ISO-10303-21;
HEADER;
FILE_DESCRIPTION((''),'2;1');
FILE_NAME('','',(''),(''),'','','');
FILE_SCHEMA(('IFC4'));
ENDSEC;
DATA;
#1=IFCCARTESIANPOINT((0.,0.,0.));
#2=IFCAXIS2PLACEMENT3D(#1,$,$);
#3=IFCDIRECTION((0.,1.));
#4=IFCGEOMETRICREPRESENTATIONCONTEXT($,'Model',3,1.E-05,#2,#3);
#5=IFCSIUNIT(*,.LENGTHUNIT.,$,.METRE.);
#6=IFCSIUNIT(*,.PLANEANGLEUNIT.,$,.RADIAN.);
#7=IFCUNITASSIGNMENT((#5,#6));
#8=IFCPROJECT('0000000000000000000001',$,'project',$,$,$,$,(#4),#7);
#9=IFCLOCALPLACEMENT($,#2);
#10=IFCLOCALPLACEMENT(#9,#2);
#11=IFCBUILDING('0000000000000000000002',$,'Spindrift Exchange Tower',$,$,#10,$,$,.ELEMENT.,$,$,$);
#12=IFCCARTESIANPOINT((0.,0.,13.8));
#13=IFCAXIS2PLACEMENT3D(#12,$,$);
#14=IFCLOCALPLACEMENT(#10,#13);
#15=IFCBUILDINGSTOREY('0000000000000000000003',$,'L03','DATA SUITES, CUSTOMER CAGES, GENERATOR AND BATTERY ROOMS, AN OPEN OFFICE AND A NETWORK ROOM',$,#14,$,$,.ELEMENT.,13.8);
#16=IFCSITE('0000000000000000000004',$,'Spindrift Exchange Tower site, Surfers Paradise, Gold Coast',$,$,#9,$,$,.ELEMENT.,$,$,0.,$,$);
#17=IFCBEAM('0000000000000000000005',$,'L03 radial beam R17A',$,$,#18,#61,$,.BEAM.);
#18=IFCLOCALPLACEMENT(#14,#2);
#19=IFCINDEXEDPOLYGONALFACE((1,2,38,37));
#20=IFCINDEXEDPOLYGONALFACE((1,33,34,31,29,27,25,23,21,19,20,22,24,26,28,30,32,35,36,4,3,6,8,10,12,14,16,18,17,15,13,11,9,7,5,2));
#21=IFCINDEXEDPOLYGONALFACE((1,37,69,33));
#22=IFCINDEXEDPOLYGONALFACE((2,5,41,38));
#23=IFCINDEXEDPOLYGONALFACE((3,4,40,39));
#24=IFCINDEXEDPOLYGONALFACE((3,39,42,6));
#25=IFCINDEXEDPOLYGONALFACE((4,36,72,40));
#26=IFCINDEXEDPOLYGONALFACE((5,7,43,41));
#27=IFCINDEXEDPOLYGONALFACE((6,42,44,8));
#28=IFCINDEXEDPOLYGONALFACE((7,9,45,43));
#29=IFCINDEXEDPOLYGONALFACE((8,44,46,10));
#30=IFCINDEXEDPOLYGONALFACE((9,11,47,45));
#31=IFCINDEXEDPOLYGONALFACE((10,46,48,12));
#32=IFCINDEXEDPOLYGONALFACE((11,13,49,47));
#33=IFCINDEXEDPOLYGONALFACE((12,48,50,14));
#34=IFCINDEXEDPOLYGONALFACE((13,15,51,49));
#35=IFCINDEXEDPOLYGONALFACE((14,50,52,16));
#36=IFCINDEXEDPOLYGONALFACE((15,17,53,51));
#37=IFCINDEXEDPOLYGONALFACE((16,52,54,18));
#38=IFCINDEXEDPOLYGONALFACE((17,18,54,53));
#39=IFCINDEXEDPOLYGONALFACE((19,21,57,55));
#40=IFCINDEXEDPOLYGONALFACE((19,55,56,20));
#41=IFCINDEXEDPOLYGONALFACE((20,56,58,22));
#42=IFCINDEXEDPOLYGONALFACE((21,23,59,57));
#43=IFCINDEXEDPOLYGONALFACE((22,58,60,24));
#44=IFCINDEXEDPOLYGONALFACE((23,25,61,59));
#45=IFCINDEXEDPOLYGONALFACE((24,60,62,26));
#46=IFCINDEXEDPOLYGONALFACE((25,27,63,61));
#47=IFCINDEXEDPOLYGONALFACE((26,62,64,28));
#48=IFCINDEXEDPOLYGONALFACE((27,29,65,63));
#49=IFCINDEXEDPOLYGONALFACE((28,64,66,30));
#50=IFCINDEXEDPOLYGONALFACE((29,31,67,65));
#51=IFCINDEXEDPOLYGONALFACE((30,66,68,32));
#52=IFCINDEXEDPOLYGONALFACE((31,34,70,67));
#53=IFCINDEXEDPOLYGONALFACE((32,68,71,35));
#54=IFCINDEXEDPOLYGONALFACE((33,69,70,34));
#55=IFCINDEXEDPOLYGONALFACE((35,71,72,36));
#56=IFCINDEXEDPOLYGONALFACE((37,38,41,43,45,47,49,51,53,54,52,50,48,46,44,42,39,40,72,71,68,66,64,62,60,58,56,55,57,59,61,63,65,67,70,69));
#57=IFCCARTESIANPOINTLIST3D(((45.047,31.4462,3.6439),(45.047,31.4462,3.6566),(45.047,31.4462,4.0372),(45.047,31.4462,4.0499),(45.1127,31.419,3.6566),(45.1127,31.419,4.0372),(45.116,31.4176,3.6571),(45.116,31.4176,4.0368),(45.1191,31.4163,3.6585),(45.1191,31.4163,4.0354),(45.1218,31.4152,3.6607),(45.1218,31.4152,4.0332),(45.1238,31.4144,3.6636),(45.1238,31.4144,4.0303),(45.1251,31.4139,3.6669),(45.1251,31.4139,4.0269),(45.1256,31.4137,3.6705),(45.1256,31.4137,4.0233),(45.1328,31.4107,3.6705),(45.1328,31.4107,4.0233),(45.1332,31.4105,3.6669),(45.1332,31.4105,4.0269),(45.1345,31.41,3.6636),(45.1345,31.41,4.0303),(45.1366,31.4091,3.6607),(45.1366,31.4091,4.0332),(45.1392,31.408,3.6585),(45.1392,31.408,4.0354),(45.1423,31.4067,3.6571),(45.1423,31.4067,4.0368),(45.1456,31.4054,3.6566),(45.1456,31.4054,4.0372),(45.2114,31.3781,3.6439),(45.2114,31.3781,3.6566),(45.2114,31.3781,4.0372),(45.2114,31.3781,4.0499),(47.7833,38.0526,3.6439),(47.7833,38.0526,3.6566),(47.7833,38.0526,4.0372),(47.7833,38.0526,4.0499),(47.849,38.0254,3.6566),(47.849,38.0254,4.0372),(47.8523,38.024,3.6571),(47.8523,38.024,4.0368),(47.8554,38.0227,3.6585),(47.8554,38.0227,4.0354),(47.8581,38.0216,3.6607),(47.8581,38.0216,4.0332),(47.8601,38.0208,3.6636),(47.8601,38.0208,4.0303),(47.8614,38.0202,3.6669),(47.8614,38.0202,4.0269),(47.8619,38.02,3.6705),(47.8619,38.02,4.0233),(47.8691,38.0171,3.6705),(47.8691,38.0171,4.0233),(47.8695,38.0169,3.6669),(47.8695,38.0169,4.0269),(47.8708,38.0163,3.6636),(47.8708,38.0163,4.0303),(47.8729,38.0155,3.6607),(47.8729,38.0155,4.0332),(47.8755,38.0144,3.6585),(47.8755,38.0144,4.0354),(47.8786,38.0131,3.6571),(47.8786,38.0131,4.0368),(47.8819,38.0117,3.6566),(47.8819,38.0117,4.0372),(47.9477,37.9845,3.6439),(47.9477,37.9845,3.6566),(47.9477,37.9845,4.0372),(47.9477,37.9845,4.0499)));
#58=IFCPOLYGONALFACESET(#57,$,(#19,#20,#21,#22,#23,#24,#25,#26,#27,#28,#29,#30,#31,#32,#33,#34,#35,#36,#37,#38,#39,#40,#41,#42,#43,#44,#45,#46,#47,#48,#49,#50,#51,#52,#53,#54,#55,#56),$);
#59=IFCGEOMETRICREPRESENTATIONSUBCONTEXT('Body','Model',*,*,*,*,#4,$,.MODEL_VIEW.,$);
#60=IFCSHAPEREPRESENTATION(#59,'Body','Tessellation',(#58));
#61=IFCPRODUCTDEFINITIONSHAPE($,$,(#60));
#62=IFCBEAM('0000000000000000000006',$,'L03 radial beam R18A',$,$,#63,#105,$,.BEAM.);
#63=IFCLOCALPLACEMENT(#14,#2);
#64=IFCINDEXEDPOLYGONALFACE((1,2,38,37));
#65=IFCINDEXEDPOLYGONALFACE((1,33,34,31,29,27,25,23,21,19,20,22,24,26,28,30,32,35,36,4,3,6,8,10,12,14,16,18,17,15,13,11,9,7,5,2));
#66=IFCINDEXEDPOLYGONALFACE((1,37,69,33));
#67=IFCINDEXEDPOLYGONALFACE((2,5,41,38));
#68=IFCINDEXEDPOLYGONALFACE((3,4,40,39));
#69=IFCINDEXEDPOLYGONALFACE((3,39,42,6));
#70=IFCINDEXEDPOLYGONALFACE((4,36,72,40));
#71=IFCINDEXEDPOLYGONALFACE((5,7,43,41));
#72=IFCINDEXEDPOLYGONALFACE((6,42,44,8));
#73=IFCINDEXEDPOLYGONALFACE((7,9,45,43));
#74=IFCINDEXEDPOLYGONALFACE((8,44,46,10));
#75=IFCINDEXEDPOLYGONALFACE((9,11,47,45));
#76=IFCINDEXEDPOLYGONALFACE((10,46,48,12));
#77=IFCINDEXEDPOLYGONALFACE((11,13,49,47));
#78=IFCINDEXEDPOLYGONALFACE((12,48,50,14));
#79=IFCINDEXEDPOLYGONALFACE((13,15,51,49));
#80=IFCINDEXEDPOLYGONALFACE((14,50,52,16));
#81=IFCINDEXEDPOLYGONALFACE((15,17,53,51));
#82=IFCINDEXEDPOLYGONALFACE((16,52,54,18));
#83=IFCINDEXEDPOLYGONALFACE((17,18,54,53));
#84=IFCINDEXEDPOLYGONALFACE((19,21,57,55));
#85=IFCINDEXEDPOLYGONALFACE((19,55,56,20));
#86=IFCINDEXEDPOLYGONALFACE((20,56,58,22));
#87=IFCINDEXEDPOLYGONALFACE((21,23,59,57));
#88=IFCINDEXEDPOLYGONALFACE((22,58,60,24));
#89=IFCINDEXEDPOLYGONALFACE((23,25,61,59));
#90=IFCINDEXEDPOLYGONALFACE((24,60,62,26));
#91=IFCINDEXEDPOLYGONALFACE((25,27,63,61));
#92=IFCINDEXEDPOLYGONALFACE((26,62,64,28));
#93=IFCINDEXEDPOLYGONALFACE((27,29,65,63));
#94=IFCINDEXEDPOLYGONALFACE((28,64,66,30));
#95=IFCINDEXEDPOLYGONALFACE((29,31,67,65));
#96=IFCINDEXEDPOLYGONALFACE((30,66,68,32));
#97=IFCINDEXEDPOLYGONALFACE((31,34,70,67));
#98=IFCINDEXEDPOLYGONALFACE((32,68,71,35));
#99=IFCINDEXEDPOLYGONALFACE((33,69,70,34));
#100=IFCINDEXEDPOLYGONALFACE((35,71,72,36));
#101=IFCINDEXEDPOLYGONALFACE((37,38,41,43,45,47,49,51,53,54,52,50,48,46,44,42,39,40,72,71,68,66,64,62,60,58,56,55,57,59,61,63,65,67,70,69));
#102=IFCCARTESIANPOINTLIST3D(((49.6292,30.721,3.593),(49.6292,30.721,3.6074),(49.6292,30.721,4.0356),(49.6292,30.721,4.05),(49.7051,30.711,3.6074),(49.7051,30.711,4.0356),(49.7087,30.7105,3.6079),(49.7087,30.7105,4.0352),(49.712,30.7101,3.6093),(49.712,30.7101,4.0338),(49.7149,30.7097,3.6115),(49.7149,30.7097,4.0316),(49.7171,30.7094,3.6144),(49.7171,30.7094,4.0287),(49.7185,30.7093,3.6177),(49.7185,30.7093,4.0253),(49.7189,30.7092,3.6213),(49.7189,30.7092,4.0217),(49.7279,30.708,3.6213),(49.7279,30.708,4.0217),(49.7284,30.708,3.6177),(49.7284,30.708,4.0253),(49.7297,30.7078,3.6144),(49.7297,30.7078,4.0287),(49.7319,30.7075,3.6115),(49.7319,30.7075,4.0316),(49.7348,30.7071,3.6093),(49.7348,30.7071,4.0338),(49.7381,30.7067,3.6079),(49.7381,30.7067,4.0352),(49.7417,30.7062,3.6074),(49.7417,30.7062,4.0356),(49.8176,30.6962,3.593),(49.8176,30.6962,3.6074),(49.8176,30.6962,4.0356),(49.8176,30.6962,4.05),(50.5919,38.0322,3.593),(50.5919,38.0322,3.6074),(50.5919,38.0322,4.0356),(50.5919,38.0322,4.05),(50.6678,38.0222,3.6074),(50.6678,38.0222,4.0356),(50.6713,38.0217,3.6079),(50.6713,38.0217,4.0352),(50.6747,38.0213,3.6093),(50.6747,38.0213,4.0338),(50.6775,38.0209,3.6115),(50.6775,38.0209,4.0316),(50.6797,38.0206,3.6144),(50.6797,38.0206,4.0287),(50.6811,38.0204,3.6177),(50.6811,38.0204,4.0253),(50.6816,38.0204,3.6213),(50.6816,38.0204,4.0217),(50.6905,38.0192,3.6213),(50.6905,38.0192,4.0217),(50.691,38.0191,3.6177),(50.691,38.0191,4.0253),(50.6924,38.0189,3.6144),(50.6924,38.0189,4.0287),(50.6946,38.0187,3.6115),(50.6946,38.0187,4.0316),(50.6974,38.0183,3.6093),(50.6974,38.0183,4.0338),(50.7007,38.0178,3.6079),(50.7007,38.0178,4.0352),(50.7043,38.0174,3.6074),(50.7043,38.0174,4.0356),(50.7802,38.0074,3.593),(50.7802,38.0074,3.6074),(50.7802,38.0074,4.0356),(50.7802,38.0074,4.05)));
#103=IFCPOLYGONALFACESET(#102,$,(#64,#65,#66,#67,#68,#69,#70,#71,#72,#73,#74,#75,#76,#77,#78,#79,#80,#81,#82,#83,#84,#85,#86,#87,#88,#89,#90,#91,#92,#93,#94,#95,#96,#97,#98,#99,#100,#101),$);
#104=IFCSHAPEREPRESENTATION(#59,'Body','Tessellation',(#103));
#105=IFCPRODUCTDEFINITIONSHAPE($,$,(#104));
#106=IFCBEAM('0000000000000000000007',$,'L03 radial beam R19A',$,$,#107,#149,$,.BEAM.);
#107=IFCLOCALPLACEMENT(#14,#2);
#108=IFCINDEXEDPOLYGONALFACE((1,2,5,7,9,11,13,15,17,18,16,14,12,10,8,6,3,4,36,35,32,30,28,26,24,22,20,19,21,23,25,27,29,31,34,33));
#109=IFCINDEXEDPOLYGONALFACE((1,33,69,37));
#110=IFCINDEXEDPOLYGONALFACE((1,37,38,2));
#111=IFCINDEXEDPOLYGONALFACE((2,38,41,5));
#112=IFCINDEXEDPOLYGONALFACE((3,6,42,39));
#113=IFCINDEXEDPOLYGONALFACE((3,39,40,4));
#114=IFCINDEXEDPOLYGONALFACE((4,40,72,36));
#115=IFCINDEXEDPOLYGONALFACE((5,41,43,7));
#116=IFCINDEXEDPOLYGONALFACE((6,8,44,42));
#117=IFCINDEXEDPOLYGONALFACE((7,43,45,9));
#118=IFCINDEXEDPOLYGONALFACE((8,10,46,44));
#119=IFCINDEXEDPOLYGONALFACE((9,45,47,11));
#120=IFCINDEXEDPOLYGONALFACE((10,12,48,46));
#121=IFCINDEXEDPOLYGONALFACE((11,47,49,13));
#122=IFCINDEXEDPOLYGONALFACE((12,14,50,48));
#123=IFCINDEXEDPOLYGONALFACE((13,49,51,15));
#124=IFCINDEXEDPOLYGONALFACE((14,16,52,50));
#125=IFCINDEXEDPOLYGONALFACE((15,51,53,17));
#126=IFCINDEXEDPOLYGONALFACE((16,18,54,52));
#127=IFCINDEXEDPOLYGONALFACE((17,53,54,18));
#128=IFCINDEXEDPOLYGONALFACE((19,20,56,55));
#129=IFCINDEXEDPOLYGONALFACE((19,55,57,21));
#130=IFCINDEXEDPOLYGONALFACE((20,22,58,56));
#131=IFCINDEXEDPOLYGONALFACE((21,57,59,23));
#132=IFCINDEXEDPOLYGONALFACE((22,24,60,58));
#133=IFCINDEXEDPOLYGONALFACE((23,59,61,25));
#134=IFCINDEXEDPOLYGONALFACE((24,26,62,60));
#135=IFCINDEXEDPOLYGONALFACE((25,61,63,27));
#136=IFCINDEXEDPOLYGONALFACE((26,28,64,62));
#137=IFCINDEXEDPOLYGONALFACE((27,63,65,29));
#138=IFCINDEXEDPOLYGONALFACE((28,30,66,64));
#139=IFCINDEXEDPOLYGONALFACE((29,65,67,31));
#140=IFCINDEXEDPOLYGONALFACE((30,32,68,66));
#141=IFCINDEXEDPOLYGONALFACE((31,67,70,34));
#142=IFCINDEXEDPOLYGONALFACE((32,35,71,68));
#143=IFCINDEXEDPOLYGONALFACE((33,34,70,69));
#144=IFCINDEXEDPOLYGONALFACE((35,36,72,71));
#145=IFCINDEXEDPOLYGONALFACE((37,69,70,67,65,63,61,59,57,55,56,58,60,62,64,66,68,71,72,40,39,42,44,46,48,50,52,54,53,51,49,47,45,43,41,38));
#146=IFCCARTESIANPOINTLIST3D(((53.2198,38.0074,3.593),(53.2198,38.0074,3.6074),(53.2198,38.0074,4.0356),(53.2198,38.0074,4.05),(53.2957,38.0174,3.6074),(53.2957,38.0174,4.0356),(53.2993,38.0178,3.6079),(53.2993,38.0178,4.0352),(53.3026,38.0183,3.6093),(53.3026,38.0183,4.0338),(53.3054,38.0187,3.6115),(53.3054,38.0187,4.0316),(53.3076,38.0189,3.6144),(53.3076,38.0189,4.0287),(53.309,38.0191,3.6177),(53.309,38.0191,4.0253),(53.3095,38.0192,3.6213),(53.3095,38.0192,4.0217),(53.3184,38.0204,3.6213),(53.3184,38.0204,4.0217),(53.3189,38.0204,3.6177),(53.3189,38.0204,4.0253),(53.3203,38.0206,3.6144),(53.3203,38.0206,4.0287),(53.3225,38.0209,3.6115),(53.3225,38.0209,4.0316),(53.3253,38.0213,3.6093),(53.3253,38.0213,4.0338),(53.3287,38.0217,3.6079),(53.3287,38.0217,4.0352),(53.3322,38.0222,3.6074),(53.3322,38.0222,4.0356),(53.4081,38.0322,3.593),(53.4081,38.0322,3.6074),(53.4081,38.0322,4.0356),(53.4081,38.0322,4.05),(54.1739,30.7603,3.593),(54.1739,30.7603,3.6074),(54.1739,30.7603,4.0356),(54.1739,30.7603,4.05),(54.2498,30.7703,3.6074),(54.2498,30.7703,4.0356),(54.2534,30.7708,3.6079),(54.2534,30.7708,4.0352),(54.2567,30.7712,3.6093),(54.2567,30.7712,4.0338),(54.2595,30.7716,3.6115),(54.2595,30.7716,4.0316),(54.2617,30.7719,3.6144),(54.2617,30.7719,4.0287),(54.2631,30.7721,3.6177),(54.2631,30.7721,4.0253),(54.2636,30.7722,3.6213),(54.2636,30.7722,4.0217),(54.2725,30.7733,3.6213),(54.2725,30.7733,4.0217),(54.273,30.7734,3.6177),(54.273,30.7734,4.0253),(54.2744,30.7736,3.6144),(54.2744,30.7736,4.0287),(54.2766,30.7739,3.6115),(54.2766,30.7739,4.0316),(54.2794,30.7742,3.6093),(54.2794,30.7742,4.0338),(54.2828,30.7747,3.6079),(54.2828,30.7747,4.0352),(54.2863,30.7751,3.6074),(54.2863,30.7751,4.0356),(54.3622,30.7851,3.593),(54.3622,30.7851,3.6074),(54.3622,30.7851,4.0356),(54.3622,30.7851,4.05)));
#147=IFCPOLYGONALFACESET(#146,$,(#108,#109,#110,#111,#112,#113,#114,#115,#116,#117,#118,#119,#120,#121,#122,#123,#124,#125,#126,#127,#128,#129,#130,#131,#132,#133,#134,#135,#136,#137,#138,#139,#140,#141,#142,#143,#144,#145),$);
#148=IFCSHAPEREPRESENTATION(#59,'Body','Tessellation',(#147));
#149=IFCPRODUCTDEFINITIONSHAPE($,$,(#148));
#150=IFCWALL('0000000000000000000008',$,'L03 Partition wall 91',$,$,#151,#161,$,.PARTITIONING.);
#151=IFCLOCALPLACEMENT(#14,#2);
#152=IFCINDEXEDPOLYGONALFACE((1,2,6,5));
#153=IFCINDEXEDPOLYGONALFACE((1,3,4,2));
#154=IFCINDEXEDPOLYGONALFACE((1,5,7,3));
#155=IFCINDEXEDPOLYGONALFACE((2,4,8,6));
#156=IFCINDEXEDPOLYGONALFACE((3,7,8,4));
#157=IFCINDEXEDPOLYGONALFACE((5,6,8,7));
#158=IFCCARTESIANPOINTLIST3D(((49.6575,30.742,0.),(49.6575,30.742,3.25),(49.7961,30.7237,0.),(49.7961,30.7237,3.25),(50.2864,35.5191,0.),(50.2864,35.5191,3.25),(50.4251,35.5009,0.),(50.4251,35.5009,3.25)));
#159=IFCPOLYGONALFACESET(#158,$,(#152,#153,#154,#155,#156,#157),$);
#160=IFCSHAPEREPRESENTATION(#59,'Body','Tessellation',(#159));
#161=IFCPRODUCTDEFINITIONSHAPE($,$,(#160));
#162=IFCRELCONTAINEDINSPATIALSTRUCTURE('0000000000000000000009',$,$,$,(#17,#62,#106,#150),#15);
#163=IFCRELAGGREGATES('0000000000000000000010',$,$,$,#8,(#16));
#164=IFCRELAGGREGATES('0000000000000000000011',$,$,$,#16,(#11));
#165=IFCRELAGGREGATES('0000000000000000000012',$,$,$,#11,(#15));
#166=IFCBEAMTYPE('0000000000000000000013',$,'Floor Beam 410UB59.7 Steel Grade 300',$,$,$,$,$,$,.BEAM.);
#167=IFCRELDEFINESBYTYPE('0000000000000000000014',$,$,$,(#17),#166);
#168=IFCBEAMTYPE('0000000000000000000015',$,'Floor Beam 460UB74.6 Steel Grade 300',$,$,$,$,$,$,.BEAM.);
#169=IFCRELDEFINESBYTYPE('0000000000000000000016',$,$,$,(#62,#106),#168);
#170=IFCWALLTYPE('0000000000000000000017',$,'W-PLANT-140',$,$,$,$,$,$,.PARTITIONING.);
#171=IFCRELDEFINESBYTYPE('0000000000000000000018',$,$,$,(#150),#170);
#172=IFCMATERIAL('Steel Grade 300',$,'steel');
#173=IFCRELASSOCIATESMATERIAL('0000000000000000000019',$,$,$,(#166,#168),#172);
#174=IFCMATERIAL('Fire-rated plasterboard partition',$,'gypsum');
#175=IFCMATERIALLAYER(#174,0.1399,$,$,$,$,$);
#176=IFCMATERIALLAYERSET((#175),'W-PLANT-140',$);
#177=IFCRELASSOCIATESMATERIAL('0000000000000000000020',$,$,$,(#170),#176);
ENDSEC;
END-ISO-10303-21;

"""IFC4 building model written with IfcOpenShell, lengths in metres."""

from ifc_helpers import new_model, si_unit, direction, frame, frame_2d, origin, origin_2d, place, context, subcontext, project, spatial, rectangle, i_section, extrude, source, transform, mapped, material, layer, layer_set, material_profile, profile_set, type_object, element, save


model = new_model("IFC4")

# Units and contexts
model_context = context("Model", 3, precision=1e-05, world=origin(), true_north=direction((0.0, 1.0)))
body_context = subcontext(model_context, "Body", "Model", "MODEL_VIEW")
ifc_project = project(units=[si_unit("LENGTHUNIT", "METRE"), si_unit("PLANEANGLEUNIT", "RADIAN")], contexts=[model_context])

# Site, building, storey
site_placement = place(None, origin())
site = spatial("IfcSite", under=ifc_project, at=site_placement, Name="Spindrift Exchange Tower site, Surfers Paradise, Gold Coast", CompositionType="ELEMENT", RefElevation=0.0)
building_placement = place(site_placement, origin())
building = spatial("IfcBuilding", under=site, at=building_placement, Name="Spindrift Exchange Tower", CompositionType="ELEMENT")
storey_placement = place(building_placement, frame((0.0, 0.0, 13.8)))
storey = spatial("IfcBuildingStorey", under=building, at=storey_placement, Name="L03", Description="DATA SUITES, CUSTOMER CAGES, GENERATOR AND BATTERY ROOMS, AN OPEN OFFICE AND A NETWORK ROOM", CompositionType="ELEMENT", Elevation=13.8)

# Beams
ifc_material_1 = material(Name="Steel Grade 300", Category="steel")
ifc_material_profile_1 = material_profile(ifc_material_1, i_section(OverallWidth=0.178, OverallDepth=0.406, WebThickness=0.0078, FlangeThickness=0.0127, FilletRadius=0.0139, at=origin_2d()), Name="410UB59.7")
ifc_profile_set_1 = profile_set([ifc_material_profile_1], Name="Steel Grade 300")
beam_type_1 = type_object("IfcBeamType", Name="Floor Beam 410UB59.7 Steel Grade 300", PredefinedType="BEAM", material=ifc_profile_set_1)
shared_shape_1 = source(origin(), body_context, "Body", "SweptSolid", [
    extrude(i_section(OverallWidth=0.178, OverallDepth=0.406, WebThickness=0.0078, FlangeThickness=0.0127, FilletRadius=0.0139, at=origin_2d()), origin(), (0.0, 0.0, 1.0), 7.1506),
])
beam_1_placement = place(storey_placement, frame((47.8655, 38.0186, 3.8469), z_axis=(-0.382665, -0.923887, 0.0), x_axis=(0.923887, -0.382665, 0.0)))
element("IfcBeam", 1, at=beam_1_placement, inside=storey, type_object=beam_type_1, Name="L03 radial beam R17A", PredefinedType="BEAM", context=body_context, shape_type="MappedRepresentation", body=[
    mapped(shared_shape_1, transform((0.0, 0.0, 0.0), scale=1.0)),
])
ifc_material_profile_2 = material_profile(ifc_material_1, i_section(OverallWidth=0.1899, OverallDepth=0.457, WebThickness=0.009, FlangeThickness=0.0144, FilletRadius=0.0139, at=origin_2d()), Name="460UB74.6")
ifc_profile_set_2 = profile_set([ifc_material_profile_2], Name="Steel Grade 300")
beam_type_2 = type_object("IfcBeamType", Name="Floor Beam 460UB74.6 Steel Grade 300", PredefinedType="BEAM", material=ifc_profile_set_2)
shared_shape_2 = source(origin(), body_context, "Body", "SweptSolid", [
    extrude(i_section(OverallWidth=0.1899, OverallDepth=0.457, WebThickness=0.009, FlangeThickness=0.0144, FilletRadius=0.0139, at=origin_2d()), origin(), (0.0, 0.0, 1.0), 7.3743),
])
beam_2_placement = place(storey_placement, frame((50.686, 38.0198, 3.8215), z_axis=(-0.130539, -0.991443, 0.0), x_axis=(0.991443, -0.130539, 0.0)))
element("IfcBeam", 2, at=beam_2_placement, inside=storey, type_object=beam_type_2, Name="L03 radial beam R18A", PredefinedType="BEAM", context=body_context, shape_type="MappedRepresentation", body=[
    mapped(shared_shape_2, transform((0.0, 0.0, 0.0), scale=1.0)),
])
shared_shape_3 = source(origin(), body_context, "Body", "SweptSolid", [
    extrude(i_section(OverallWidth=0.1899, OverallDepth=0.457, WebThickness=0.009, FlangeThickness=0.0144, FilletRadius=0.0139, at=origin_2d()), origin(), (0.0, 0.0, 1.0), 7.3096),
])
beam_3_placement = place(storey_placement, frame((53.314, 38.0198, 3.8215), z_axis=(0.130527, -0.991445, 0.0), x_axis=(0.991445, 0.130527, 0.0)))
element("IfcBeam", 3, at=beam_3_placement, inside=storey, type_object=beam_type_2, Name="L03 radial beam R19A", PredefinedType="BEAM", context=body_context, shape_type="MappedRepresentation", body=[
    mapped(shared_shape_3, transform((0.0, 0.0, 0.0), scale=1.0)),
])

# Wall
ifc_material_2 = material(Name="Fire-rated plasterboard partition", Category="gypsum")
ifc_layer_1 = layer(ifc_material_2, 0.1399)
ifc_layer_set_1 = layer_set([ifc_layer_1], Name="W-PLANT-140")
wall_type_1 = type_object("IfcWallType", Name="W-PLANT-140", PredefinedType="PARTITIONING", material=ifc_layer_set_1)
wall_1_placement = place(storey_placement, frame((50.3557, 35.51, 0.0), z_axis=(0.0, 0.0, 1.0), x_axis=(-0.130524, -0.991445, 0.0)))
element("IfcWall", 4, at=wall_1_placement, inside=storey, type_object=wall_type_1, Name="L03 Partition wall 91", PredefinedType="PARTITIONING", context=body_context, shape_type="SweptSolid", body=[
    extrude(rectangle(XDim=4.8184, YDim=0.1399, at=frame_2d((2.4092, 0.0))), origin(), (0.0, 0.0, 1.0), 3.25),
])

save(model, "model.ifc")
